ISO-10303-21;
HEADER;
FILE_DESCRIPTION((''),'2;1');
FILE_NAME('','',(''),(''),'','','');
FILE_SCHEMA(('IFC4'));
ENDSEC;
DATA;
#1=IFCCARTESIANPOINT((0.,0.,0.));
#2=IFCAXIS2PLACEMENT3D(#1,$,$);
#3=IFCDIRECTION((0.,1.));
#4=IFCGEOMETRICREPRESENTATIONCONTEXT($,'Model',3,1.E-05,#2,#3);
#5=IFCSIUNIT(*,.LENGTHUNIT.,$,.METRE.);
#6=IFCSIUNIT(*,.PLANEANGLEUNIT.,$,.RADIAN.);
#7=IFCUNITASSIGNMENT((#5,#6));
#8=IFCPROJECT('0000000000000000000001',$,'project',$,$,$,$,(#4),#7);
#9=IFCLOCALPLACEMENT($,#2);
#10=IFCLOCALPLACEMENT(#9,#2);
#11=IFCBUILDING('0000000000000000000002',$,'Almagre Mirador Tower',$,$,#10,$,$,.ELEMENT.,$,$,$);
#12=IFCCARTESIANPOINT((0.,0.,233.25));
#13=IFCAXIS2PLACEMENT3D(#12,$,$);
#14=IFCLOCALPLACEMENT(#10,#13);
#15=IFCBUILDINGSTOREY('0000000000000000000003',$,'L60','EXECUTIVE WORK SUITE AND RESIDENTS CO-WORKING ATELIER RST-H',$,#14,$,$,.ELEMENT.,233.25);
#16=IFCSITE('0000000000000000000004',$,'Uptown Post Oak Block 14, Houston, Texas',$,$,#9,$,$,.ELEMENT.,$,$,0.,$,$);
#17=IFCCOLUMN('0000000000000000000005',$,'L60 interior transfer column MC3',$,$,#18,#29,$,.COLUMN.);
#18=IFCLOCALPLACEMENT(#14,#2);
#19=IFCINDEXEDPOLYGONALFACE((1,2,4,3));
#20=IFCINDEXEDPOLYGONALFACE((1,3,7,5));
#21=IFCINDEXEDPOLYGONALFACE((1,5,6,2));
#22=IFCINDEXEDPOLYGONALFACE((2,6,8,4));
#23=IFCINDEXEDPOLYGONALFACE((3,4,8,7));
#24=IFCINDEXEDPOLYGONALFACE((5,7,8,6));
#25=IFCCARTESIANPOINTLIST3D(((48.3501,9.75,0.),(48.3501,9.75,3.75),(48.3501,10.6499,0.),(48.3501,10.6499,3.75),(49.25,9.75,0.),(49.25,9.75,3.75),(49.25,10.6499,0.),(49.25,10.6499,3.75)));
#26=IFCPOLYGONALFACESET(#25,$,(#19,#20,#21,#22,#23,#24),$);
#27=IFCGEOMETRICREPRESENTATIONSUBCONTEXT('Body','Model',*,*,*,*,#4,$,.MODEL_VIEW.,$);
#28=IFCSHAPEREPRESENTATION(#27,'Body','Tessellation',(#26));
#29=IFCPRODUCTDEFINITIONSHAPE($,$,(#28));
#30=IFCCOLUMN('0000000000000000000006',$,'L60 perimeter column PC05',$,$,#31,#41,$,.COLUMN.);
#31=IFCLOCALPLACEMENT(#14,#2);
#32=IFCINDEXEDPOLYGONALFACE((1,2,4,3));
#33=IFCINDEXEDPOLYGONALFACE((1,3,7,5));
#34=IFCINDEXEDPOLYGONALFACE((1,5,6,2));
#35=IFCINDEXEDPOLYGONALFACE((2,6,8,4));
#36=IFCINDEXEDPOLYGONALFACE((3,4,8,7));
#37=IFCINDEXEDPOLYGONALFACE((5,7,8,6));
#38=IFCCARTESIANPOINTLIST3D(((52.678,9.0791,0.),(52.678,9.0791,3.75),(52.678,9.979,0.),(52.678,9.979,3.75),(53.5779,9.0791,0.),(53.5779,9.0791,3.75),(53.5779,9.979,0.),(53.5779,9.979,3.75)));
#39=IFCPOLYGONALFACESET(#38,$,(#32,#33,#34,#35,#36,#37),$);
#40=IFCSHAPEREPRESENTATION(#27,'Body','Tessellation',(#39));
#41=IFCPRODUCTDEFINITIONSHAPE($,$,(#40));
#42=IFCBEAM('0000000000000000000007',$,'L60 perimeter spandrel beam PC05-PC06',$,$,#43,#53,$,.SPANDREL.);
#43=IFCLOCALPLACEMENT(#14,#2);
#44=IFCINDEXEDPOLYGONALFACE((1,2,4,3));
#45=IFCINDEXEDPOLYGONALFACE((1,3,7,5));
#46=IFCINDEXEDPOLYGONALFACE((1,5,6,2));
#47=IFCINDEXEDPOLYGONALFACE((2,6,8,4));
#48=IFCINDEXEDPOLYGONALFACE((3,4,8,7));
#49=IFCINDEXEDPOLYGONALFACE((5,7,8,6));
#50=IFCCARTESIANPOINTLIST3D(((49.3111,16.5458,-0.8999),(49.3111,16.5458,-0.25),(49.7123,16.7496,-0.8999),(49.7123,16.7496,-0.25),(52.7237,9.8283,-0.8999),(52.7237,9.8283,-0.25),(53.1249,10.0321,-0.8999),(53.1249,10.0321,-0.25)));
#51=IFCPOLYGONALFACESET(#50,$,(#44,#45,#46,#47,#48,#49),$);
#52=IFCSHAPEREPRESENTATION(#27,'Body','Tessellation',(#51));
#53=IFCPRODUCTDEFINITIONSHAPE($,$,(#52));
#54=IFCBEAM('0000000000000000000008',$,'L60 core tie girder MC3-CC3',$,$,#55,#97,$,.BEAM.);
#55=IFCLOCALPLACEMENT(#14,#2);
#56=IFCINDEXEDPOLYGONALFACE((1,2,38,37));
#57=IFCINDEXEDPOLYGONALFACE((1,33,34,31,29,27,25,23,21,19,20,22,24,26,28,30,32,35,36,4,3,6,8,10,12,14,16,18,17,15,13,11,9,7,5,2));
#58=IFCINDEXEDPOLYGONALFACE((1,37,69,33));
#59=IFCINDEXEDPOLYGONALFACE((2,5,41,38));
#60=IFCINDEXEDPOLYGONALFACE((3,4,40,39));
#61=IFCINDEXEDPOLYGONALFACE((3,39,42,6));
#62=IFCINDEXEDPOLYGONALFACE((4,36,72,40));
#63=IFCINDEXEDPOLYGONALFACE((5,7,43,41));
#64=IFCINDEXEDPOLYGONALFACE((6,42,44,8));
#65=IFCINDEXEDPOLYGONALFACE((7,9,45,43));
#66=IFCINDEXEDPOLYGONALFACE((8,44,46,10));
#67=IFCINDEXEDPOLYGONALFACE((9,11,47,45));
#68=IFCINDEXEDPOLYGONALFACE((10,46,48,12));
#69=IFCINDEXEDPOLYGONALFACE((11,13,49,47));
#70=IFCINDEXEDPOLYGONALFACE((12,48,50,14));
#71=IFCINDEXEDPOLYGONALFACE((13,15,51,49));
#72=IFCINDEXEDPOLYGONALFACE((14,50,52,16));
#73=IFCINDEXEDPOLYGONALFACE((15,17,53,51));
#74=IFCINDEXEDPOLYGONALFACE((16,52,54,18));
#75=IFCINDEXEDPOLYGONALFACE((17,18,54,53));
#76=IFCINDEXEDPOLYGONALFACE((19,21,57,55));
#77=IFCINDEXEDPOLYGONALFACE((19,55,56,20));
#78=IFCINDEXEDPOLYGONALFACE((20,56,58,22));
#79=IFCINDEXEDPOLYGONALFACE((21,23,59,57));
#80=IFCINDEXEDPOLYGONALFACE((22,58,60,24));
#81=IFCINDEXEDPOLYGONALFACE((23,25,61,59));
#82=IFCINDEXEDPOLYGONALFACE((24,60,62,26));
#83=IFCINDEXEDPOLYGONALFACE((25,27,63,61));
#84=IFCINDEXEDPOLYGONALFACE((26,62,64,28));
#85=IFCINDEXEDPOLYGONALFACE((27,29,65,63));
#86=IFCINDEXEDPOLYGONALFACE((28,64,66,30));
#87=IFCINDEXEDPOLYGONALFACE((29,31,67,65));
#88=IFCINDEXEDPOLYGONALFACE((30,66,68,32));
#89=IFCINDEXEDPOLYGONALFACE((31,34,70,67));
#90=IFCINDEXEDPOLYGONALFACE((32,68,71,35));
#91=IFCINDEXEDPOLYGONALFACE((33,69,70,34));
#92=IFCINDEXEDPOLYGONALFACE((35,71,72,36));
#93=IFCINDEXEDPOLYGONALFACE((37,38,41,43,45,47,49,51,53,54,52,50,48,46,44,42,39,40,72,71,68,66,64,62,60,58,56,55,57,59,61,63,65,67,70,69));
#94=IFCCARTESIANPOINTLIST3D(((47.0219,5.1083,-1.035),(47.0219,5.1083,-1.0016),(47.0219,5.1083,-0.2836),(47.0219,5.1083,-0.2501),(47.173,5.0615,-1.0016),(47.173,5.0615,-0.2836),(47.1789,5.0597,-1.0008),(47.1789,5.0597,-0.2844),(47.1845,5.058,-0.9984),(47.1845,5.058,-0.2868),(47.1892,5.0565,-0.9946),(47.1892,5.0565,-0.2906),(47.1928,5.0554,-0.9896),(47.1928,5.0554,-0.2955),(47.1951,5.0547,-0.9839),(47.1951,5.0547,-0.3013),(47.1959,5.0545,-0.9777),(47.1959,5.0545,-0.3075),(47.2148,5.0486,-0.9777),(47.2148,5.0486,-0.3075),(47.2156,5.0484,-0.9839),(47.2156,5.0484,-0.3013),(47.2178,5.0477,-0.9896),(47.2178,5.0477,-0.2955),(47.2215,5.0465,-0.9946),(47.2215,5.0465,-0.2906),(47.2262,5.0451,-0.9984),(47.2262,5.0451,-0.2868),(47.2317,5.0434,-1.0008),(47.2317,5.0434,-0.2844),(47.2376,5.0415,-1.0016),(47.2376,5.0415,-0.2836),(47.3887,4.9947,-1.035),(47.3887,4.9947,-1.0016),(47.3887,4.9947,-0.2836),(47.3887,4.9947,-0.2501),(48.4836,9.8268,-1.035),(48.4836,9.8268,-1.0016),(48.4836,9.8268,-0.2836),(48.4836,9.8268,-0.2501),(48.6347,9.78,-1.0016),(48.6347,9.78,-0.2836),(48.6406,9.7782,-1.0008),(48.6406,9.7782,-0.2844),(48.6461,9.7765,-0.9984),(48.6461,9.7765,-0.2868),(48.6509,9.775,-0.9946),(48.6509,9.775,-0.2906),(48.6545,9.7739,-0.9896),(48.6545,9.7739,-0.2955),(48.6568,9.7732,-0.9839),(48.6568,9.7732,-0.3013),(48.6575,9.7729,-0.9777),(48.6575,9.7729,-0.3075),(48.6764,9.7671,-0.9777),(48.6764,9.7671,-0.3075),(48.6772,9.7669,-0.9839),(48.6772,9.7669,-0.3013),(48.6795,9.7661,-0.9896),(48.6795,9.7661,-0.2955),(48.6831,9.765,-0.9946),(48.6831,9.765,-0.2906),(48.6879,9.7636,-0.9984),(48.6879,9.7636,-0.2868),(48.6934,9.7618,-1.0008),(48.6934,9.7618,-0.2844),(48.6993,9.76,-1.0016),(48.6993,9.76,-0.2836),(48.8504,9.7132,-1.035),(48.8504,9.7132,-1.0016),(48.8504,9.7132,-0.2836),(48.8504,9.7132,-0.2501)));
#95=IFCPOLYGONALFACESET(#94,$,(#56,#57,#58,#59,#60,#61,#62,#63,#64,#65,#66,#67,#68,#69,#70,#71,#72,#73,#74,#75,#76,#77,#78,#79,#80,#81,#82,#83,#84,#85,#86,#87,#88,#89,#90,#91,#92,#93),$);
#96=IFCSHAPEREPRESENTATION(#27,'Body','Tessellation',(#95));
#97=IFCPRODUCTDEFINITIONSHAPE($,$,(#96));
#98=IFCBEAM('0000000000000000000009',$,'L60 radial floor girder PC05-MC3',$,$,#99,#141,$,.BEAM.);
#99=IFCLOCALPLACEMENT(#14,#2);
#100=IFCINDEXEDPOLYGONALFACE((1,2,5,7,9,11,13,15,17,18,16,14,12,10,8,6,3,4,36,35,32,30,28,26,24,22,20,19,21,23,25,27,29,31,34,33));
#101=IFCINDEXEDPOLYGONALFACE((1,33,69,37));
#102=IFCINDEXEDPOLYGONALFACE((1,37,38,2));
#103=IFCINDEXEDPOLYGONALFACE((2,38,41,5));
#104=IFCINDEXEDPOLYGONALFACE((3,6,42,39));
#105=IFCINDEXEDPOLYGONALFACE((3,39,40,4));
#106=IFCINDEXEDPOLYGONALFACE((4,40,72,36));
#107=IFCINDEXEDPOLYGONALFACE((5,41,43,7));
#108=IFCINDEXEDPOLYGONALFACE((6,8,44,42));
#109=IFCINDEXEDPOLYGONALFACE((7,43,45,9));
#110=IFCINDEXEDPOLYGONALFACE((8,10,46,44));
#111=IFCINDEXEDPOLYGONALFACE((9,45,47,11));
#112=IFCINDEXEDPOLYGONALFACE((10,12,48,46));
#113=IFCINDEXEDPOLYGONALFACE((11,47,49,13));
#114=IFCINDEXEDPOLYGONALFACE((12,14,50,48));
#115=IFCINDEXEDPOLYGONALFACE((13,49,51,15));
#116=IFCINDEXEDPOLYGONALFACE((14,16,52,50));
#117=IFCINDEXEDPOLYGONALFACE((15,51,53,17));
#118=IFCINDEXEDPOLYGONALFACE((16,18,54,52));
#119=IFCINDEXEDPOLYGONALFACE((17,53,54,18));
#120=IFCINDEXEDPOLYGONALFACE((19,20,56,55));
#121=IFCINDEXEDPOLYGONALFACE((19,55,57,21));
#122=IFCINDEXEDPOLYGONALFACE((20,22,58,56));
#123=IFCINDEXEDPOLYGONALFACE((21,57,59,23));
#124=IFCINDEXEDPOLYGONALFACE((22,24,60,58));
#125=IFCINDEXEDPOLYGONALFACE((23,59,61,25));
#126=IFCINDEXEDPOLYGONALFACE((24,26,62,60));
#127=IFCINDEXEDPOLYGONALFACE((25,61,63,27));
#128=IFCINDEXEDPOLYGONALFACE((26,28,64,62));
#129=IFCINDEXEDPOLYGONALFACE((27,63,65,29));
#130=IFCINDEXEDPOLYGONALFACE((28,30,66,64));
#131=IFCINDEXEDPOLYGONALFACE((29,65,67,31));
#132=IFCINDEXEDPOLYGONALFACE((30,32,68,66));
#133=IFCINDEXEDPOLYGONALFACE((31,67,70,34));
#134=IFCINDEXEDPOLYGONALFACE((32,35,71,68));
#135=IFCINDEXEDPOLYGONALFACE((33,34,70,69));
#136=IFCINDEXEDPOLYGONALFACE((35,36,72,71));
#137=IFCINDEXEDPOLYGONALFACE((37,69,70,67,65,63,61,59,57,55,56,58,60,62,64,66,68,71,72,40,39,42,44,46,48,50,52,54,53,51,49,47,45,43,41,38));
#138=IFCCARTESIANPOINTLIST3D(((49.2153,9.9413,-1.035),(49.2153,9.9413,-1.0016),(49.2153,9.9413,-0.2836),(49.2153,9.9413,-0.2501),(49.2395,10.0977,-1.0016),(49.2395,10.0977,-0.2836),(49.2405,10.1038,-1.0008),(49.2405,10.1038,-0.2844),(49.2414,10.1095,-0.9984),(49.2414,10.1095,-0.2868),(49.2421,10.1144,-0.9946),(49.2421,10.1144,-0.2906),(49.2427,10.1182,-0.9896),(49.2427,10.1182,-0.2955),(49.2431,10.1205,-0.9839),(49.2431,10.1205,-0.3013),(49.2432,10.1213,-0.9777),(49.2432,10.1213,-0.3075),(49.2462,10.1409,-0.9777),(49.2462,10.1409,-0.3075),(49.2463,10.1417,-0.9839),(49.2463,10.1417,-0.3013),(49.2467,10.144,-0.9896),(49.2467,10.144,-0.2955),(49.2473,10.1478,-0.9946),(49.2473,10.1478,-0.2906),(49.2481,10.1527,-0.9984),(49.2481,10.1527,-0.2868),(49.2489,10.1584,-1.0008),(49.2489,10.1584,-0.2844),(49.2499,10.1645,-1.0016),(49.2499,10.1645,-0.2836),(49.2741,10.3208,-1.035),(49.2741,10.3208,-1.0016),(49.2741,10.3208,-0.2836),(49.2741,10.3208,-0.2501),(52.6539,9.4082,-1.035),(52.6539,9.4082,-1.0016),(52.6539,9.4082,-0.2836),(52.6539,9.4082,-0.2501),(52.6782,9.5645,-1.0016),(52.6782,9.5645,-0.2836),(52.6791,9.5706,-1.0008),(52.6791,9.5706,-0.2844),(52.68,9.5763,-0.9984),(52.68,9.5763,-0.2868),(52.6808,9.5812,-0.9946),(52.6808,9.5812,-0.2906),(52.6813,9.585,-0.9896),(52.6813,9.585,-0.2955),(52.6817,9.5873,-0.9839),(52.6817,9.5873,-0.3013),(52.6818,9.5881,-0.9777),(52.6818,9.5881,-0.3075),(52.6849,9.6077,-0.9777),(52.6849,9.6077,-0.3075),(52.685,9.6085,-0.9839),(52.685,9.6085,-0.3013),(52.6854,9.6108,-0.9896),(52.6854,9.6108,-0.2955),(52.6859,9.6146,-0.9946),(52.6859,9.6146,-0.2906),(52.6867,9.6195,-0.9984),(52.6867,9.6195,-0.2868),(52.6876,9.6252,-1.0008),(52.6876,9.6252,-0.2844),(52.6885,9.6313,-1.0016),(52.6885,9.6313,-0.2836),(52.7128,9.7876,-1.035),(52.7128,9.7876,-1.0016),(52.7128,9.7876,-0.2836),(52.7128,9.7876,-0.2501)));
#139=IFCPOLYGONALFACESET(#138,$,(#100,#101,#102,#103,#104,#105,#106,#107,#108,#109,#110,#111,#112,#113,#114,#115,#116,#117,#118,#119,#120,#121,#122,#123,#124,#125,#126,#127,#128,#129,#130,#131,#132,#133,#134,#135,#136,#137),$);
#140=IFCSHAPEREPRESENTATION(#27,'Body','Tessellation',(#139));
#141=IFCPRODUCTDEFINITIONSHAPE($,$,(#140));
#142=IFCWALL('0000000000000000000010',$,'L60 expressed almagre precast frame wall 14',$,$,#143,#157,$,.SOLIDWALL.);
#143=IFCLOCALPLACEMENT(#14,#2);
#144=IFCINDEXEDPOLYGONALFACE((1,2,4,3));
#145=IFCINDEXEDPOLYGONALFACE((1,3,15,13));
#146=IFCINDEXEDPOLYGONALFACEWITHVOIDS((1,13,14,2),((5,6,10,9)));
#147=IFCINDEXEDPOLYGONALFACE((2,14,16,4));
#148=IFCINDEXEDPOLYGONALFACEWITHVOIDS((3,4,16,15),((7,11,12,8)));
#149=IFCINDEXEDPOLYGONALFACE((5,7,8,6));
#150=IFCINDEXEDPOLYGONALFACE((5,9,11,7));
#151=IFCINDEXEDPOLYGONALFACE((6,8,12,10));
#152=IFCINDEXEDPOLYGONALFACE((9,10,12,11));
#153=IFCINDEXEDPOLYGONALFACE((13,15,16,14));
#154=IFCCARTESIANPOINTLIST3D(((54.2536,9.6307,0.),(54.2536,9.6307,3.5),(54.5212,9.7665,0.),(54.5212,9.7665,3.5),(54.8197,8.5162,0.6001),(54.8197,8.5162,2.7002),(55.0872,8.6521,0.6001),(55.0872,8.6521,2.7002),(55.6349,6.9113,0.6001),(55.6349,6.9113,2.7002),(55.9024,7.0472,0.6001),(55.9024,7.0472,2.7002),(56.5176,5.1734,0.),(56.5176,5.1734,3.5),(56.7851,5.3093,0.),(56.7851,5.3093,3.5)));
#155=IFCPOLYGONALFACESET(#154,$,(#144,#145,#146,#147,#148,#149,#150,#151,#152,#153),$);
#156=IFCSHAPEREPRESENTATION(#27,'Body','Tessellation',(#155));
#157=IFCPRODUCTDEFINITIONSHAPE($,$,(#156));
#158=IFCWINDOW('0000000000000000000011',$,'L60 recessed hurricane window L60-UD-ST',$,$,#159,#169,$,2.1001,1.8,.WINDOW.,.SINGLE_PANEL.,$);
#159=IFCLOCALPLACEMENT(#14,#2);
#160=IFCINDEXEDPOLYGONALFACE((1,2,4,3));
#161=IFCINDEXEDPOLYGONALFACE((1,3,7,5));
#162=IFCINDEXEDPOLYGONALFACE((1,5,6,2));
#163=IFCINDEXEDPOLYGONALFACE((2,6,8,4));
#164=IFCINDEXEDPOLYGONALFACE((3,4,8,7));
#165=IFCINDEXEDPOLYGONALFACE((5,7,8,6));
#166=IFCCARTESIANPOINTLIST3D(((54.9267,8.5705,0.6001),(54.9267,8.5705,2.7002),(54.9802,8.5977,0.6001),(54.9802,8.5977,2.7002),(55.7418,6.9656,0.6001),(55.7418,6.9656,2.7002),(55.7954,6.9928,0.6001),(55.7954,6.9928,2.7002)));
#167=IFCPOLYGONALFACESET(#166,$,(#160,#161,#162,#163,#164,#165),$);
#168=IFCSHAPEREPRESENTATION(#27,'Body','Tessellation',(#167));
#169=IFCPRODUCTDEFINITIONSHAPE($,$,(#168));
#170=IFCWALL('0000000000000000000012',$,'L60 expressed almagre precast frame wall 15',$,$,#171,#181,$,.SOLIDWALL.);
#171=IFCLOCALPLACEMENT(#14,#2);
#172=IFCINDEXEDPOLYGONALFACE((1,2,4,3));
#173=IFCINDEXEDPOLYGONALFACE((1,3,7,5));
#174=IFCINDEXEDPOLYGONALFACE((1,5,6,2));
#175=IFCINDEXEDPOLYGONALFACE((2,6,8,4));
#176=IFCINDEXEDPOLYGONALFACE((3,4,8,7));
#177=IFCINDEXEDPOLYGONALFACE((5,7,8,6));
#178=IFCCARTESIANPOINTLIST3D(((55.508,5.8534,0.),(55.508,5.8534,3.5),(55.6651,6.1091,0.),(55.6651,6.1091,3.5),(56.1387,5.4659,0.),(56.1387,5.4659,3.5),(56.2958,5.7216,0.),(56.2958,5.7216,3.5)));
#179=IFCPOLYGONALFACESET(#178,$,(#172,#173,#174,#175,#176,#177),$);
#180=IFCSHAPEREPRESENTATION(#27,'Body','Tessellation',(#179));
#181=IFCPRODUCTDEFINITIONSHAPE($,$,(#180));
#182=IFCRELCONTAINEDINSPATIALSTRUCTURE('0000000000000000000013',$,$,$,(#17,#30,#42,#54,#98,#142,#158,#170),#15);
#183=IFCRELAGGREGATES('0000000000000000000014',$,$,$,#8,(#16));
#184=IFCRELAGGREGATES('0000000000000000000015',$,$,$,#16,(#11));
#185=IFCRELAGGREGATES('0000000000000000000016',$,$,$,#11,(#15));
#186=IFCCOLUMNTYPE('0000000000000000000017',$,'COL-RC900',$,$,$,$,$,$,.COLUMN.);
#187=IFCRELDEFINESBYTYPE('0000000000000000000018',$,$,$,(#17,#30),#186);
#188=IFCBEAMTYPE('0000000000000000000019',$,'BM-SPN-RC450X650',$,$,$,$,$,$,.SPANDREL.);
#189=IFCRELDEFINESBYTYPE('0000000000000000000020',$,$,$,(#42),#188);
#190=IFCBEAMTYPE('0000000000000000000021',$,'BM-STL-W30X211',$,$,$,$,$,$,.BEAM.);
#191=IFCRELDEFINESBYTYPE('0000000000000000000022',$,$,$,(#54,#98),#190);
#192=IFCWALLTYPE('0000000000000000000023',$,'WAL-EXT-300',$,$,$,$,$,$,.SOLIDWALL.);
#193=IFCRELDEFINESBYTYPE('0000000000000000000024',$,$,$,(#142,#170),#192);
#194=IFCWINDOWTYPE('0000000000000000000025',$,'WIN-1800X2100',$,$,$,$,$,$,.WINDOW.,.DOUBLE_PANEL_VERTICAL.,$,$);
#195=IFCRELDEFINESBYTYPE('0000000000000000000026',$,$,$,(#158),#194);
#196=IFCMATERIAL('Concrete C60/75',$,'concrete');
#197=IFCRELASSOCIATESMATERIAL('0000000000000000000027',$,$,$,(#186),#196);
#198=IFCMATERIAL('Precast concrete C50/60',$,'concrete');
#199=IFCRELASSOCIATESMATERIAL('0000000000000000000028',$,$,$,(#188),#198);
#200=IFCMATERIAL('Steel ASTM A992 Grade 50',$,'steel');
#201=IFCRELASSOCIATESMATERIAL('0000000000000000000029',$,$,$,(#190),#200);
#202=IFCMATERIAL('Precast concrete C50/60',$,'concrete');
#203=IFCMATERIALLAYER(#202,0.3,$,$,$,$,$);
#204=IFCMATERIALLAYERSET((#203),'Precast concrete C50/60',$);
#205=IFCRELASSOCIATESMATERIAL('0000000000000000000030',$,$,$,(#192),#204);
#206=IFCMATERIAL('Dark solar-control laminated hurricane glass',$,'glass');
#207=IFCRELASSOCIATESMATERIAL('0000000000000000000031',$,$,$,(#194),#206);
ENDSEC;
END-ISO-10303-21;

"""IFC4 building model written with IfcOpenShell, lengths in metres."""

from ifc_helpers import new_model, si_unit, direction, frame, frame_2d, origin, origin_2d, place, context, subcontext, project, spatial, rectangle, i_section, extrude, material, layer, layer_set, material_profile, profile_set, type_object, element, fill, save


model = new_model("IFC4")

# Units and contexts
model_context = context("Model", 3, precision=1e-05, world=origin(), true_north=direction((0.0, 1.0)))
body_context = subcontext(model_context, "Body", "Model", "MODEL_VIEW")
ifc_project = project(units=[si_unit("LENGTHUNIT", "METRE"), si_unit("PLANEANGLEUNIT", "RADIAN")], contexts=[model_context])

# Site, building, storey
site_placement = place(None, origin())
site = spatial("IfcSite", under=ifc_project, at=site_placement, Name="Uptown Post Oak Block 14, Houston, Texas", CompositionType="ELEMENT", RefElevation=0.0)
building_placement = place(site_placement, origin())
building = spatial("IfcBuilding", under=site, at=building_placement, Name="Almagre Mirador Tower", CompositionType="ELEMENT")
storey_placement = place(building_placement, frame((0.0, 0.0, 233.25)))
storey = spatial("IfcBuildingStorey", under=building, at=storey_placement, Name="L60", Description="EXECUTIVE WORK SUITE AND RESIDENTS CO-WORKING ATELIER RST-H", CompositionType="ELEMENT", Elevation=233.25)

# Columns
ifc_material_1 = material(Name="Concrete C60/75", Category="concrete")
ifc_material_profile_1 = material_profile(ifc_material_1, rectangle(XDim=0.8999, YDim=0.8999, at=origin_2d()), Name="RC900X900")
ifc_profile_set_1 = profile_set([ifc_material_profile_1], Name="Concrete C60/75")
column_type = type_object("IfcColumnType", Name="COL-RC900", PredefinedType="COLUMN", material=ifc_profile_set_1)
for number, where, z_axis, x_axis, name in (
    (1, (48.8, 10.2, 0.0), (0.0, 0.0, 1.0), (1.0, 0.0, 0.0), "L60 interior transfer column MC3"),
    (2, (53.1279, 9.5291, 0.0), (0.0, 0.0, 1.0), (1.0, 0.0, 0.0), "L60 perimeter column PC05"),
):
    element("IfcColumn", number, at=place(storey_placement, frame(where, z_axis=z_axis, x_axis=x_axis)), inside=storey, type_object=column_type, Name=name, PredefinedType="COLUMN", context=body_context, shape_type="SweptSolid", body=[
        extrude(rectangle(XDim=0.8999, YDim=0.8999, at=origin_2d()), origin(), (0.0, 0.0, 1.0), 3.75),
    ])

# Beams
ifc_material_2 = material(Name="Precast concrete C50/60", Category="concrete")
ifc_material_profile_2 = material_profile(ifc_material_2, rectangle(XDim=0.45, YDim=0.6499, at=origin_2d()), Name="RC450X650")
ifc_profile_set_2 = profile_set([ifc_material_profile_2], Name="Precast concrete C50/60")
beam_type_1 = type_object("IfcBeamType", Name="BM-SPN-RC450X650", PredefinedType="SPANDREL", material=ifc_profile_set_2)
beam_1_placement = place(storey_placement, frame((52.9243, 9.9302, -0.575), z_axis=(-0.45292, 0.891551, 0.0), x_axis=(-0.891551, -0.45292, 0.0)))
element("IfcBeam", 3, at=beam_1_placement, inside=storey, type_object=beam_type_1, Name="L60 perimeter spandrel beam PC05-PC06", PredefinedType="SPANDREL", context=body_context, shape_type="SweptSolid", body=[
    extrude(rectangle(XDim=0.45, YDim=0.6499, at=origin_2d()), origin(), (0.0, 0.0, 1.0), 7.5347),
])
ifc_material_3 = material(Name="Steel ASTM A992 Grade 50", Category="steel")
ifc_material_profile_3 = material_profile(ifc_material_3, i_section(OverallWidth=0.384, OverallDepth=0.7849, WebThickness=0.0198, FlangeThickness=0.0334, FilletRadius=0.0239, at=origin_2d()), Name="W30X211")
ifc_profile_set_3 = profile_set([ifc_material_profile_3], Name="Steel ASTM A992 Grade 50")
beam_type_2 = type_object("IfcBeamType", Name="BM-STL-W30X211", PredefinedType="BEAM", material=ifc_profile_set_3)
beam_2_placement = place(storey_placement, frame((48.667, 9.77, -0.6426), z_axis=(-0.295902, -0.955218, 0.0), x_axis=(0.955218, -0.295902, 0.0)))
element("IfcBeam", 4, at=beam_2_placement, inside=storey, type_object=beam_type_2, Name="L60 core tie girder MC3-CC3", PredefinedType="BEAM", context=body_context, shape_type="SweptSolid", body=[
    extrude(i_section(OverallWidth=0.384, OverallDepth=0.7849, WebThickness=0.0198, FlangeThickness=0.0334, FilletRadius=0.0239, at=origin_2d()), origin(), (0.0, 0.0, 1.0), 4.9397),
])
beam_3_placement = place(storey_placement, frame((52.6833, 9.5979, -0.6426), z_axis=(-0.988191, 0.153227, 0.0), x_axis=(-0.153227, -0.988191, 0.0)))
element("IfcBeam", 5, at=beam_3_placement, inside=storey, type_object=beam_type_2, Name="L60 radial floor girder PC05-MC3", PredefinedType="BEAM", context=body_context, shape_type="SweptSolid", body=[
    extrude(i_section(OverallWidth=0.384, OverallDepth=0.7849, WebThickness=0.0198, FlangeThickness=0.0334, FilletRadius=0.0239, at=origin_2d()), origin(), (0.0, 0.0, 1.0), 3.4797),
])

# Wall, opening, window
ifc_material_4 = material(Name="Precast concrete C50/60", Category="concrete")
ifc_layer_1 = layer(ifc_material_4, 0.3)
ifc_layer_set_1 = layer_set([ifc_layer_1], Name="Precast concrete C50/60")
wall_type_1 = type_object("IfcWallType", Name="WAL-EXT-300", PredefinedType="SOLIDWALL", material=ifc_layer_set_1)
wall_1_placement = place(storey_placement, frame((54.3875, 9.6985, 0.0), z_axis=(0.0, 0.0, 1.0), x_axis=(0.45285, -0.891587, 0.0)))
wall_1 = element("IfcWall", 6, at=wall_1_placement, inside=storey, type_object=wall_type_1, Name="L60 expressed almagre precast frame wall 14", PredefinedType="SOLIDWALL", context=body_context, shape_type="SweptSolid", body=[
    extrude(rectangle(XDim=4.9993, YDim=0.3, at=frame_2d((2.4995, 0.0))), origin(), (0.0, 0.0, 1.0), 3.5),
])
opening_1_placement = place(wall_1_placement, frame((1.25, 0.0, 0.6001)))
opening_1 = element("IfcOpeningElement", 7, at=opening_1_placement, cuts=wall_1, PredefinedType="OPENING", context=body_context, shape_type="SweptSolid", body=[
    extrude(rectangle(XDim=1.8, YDim=2.1001, at=frame_2d((0.8999, 1.05))), frame((0.0, 0.1599, 0.0), z_axis=(0.0, -1.0, 0.0), x_axis=(1.0, 0.0, 0.0)), (0.0, 0.0, 1.0), 0.32),
])
ifc_material_5 = material(Name="Dark solar-control laminated hurricane glass", Category="glass")
window_type_1 = type_object("IfcWindowType", Name="WIN-1800X2100", PartitioningType="DOUBLE_PANEL_VERTICAL", PredefinedType="WINDOW", material=ifc_material_5)
window_1_placement = place(opening_1_placement, origin())
window_1 = element("IfcWindow", 8, at=window_1_placement, inside=storey, type_object=window_type_1, Name="L60 recessed hurricane window L60-UD-ST", OverallHeight=2.1001, OverallWidth=1.8, PartitioningType="SINGLE_PANEL", PredefinedType="WINDOW", context=body_context, shape_type="SweptSolid", body=[
    extrude(rectangle(XDim=1.8, YDim=2.1001, at=frame_2d((0.8999, 1.05))), frame((0.0, 0.03, 0.0), z_axis=(0.0, -1.0, 0.0), x_axis=(1.0, 0.0, 0.0)), (0.0, 0.0, 1.0), 0.0601),
])
fill(opening_1, window_1)

# Wall
wall_2_placement = place(storey_placement, frame((56.2173, 5.5938, 0.0), z_axis=(0.0, 0.0, 1.0), x_axis=(-0.852032, 0.52349, 0.0)))
element("IfcWall", 9, at=wall_2_placement, inside=storey, type_object=wall_type_1, Name="L60 expressed almagre precast frame wall 15", PredefinedType="SOLIDWALL", context=body_context, shape_type="SweptSolid", body=[
    extrude(rectangle(XDim=0.7402, YDim=0.3, at=frame_2d((0.3701, 0.0))), origin(), (0.0, 0.0, 1.0), 3.5),
])

save(model, "model.ifc")
